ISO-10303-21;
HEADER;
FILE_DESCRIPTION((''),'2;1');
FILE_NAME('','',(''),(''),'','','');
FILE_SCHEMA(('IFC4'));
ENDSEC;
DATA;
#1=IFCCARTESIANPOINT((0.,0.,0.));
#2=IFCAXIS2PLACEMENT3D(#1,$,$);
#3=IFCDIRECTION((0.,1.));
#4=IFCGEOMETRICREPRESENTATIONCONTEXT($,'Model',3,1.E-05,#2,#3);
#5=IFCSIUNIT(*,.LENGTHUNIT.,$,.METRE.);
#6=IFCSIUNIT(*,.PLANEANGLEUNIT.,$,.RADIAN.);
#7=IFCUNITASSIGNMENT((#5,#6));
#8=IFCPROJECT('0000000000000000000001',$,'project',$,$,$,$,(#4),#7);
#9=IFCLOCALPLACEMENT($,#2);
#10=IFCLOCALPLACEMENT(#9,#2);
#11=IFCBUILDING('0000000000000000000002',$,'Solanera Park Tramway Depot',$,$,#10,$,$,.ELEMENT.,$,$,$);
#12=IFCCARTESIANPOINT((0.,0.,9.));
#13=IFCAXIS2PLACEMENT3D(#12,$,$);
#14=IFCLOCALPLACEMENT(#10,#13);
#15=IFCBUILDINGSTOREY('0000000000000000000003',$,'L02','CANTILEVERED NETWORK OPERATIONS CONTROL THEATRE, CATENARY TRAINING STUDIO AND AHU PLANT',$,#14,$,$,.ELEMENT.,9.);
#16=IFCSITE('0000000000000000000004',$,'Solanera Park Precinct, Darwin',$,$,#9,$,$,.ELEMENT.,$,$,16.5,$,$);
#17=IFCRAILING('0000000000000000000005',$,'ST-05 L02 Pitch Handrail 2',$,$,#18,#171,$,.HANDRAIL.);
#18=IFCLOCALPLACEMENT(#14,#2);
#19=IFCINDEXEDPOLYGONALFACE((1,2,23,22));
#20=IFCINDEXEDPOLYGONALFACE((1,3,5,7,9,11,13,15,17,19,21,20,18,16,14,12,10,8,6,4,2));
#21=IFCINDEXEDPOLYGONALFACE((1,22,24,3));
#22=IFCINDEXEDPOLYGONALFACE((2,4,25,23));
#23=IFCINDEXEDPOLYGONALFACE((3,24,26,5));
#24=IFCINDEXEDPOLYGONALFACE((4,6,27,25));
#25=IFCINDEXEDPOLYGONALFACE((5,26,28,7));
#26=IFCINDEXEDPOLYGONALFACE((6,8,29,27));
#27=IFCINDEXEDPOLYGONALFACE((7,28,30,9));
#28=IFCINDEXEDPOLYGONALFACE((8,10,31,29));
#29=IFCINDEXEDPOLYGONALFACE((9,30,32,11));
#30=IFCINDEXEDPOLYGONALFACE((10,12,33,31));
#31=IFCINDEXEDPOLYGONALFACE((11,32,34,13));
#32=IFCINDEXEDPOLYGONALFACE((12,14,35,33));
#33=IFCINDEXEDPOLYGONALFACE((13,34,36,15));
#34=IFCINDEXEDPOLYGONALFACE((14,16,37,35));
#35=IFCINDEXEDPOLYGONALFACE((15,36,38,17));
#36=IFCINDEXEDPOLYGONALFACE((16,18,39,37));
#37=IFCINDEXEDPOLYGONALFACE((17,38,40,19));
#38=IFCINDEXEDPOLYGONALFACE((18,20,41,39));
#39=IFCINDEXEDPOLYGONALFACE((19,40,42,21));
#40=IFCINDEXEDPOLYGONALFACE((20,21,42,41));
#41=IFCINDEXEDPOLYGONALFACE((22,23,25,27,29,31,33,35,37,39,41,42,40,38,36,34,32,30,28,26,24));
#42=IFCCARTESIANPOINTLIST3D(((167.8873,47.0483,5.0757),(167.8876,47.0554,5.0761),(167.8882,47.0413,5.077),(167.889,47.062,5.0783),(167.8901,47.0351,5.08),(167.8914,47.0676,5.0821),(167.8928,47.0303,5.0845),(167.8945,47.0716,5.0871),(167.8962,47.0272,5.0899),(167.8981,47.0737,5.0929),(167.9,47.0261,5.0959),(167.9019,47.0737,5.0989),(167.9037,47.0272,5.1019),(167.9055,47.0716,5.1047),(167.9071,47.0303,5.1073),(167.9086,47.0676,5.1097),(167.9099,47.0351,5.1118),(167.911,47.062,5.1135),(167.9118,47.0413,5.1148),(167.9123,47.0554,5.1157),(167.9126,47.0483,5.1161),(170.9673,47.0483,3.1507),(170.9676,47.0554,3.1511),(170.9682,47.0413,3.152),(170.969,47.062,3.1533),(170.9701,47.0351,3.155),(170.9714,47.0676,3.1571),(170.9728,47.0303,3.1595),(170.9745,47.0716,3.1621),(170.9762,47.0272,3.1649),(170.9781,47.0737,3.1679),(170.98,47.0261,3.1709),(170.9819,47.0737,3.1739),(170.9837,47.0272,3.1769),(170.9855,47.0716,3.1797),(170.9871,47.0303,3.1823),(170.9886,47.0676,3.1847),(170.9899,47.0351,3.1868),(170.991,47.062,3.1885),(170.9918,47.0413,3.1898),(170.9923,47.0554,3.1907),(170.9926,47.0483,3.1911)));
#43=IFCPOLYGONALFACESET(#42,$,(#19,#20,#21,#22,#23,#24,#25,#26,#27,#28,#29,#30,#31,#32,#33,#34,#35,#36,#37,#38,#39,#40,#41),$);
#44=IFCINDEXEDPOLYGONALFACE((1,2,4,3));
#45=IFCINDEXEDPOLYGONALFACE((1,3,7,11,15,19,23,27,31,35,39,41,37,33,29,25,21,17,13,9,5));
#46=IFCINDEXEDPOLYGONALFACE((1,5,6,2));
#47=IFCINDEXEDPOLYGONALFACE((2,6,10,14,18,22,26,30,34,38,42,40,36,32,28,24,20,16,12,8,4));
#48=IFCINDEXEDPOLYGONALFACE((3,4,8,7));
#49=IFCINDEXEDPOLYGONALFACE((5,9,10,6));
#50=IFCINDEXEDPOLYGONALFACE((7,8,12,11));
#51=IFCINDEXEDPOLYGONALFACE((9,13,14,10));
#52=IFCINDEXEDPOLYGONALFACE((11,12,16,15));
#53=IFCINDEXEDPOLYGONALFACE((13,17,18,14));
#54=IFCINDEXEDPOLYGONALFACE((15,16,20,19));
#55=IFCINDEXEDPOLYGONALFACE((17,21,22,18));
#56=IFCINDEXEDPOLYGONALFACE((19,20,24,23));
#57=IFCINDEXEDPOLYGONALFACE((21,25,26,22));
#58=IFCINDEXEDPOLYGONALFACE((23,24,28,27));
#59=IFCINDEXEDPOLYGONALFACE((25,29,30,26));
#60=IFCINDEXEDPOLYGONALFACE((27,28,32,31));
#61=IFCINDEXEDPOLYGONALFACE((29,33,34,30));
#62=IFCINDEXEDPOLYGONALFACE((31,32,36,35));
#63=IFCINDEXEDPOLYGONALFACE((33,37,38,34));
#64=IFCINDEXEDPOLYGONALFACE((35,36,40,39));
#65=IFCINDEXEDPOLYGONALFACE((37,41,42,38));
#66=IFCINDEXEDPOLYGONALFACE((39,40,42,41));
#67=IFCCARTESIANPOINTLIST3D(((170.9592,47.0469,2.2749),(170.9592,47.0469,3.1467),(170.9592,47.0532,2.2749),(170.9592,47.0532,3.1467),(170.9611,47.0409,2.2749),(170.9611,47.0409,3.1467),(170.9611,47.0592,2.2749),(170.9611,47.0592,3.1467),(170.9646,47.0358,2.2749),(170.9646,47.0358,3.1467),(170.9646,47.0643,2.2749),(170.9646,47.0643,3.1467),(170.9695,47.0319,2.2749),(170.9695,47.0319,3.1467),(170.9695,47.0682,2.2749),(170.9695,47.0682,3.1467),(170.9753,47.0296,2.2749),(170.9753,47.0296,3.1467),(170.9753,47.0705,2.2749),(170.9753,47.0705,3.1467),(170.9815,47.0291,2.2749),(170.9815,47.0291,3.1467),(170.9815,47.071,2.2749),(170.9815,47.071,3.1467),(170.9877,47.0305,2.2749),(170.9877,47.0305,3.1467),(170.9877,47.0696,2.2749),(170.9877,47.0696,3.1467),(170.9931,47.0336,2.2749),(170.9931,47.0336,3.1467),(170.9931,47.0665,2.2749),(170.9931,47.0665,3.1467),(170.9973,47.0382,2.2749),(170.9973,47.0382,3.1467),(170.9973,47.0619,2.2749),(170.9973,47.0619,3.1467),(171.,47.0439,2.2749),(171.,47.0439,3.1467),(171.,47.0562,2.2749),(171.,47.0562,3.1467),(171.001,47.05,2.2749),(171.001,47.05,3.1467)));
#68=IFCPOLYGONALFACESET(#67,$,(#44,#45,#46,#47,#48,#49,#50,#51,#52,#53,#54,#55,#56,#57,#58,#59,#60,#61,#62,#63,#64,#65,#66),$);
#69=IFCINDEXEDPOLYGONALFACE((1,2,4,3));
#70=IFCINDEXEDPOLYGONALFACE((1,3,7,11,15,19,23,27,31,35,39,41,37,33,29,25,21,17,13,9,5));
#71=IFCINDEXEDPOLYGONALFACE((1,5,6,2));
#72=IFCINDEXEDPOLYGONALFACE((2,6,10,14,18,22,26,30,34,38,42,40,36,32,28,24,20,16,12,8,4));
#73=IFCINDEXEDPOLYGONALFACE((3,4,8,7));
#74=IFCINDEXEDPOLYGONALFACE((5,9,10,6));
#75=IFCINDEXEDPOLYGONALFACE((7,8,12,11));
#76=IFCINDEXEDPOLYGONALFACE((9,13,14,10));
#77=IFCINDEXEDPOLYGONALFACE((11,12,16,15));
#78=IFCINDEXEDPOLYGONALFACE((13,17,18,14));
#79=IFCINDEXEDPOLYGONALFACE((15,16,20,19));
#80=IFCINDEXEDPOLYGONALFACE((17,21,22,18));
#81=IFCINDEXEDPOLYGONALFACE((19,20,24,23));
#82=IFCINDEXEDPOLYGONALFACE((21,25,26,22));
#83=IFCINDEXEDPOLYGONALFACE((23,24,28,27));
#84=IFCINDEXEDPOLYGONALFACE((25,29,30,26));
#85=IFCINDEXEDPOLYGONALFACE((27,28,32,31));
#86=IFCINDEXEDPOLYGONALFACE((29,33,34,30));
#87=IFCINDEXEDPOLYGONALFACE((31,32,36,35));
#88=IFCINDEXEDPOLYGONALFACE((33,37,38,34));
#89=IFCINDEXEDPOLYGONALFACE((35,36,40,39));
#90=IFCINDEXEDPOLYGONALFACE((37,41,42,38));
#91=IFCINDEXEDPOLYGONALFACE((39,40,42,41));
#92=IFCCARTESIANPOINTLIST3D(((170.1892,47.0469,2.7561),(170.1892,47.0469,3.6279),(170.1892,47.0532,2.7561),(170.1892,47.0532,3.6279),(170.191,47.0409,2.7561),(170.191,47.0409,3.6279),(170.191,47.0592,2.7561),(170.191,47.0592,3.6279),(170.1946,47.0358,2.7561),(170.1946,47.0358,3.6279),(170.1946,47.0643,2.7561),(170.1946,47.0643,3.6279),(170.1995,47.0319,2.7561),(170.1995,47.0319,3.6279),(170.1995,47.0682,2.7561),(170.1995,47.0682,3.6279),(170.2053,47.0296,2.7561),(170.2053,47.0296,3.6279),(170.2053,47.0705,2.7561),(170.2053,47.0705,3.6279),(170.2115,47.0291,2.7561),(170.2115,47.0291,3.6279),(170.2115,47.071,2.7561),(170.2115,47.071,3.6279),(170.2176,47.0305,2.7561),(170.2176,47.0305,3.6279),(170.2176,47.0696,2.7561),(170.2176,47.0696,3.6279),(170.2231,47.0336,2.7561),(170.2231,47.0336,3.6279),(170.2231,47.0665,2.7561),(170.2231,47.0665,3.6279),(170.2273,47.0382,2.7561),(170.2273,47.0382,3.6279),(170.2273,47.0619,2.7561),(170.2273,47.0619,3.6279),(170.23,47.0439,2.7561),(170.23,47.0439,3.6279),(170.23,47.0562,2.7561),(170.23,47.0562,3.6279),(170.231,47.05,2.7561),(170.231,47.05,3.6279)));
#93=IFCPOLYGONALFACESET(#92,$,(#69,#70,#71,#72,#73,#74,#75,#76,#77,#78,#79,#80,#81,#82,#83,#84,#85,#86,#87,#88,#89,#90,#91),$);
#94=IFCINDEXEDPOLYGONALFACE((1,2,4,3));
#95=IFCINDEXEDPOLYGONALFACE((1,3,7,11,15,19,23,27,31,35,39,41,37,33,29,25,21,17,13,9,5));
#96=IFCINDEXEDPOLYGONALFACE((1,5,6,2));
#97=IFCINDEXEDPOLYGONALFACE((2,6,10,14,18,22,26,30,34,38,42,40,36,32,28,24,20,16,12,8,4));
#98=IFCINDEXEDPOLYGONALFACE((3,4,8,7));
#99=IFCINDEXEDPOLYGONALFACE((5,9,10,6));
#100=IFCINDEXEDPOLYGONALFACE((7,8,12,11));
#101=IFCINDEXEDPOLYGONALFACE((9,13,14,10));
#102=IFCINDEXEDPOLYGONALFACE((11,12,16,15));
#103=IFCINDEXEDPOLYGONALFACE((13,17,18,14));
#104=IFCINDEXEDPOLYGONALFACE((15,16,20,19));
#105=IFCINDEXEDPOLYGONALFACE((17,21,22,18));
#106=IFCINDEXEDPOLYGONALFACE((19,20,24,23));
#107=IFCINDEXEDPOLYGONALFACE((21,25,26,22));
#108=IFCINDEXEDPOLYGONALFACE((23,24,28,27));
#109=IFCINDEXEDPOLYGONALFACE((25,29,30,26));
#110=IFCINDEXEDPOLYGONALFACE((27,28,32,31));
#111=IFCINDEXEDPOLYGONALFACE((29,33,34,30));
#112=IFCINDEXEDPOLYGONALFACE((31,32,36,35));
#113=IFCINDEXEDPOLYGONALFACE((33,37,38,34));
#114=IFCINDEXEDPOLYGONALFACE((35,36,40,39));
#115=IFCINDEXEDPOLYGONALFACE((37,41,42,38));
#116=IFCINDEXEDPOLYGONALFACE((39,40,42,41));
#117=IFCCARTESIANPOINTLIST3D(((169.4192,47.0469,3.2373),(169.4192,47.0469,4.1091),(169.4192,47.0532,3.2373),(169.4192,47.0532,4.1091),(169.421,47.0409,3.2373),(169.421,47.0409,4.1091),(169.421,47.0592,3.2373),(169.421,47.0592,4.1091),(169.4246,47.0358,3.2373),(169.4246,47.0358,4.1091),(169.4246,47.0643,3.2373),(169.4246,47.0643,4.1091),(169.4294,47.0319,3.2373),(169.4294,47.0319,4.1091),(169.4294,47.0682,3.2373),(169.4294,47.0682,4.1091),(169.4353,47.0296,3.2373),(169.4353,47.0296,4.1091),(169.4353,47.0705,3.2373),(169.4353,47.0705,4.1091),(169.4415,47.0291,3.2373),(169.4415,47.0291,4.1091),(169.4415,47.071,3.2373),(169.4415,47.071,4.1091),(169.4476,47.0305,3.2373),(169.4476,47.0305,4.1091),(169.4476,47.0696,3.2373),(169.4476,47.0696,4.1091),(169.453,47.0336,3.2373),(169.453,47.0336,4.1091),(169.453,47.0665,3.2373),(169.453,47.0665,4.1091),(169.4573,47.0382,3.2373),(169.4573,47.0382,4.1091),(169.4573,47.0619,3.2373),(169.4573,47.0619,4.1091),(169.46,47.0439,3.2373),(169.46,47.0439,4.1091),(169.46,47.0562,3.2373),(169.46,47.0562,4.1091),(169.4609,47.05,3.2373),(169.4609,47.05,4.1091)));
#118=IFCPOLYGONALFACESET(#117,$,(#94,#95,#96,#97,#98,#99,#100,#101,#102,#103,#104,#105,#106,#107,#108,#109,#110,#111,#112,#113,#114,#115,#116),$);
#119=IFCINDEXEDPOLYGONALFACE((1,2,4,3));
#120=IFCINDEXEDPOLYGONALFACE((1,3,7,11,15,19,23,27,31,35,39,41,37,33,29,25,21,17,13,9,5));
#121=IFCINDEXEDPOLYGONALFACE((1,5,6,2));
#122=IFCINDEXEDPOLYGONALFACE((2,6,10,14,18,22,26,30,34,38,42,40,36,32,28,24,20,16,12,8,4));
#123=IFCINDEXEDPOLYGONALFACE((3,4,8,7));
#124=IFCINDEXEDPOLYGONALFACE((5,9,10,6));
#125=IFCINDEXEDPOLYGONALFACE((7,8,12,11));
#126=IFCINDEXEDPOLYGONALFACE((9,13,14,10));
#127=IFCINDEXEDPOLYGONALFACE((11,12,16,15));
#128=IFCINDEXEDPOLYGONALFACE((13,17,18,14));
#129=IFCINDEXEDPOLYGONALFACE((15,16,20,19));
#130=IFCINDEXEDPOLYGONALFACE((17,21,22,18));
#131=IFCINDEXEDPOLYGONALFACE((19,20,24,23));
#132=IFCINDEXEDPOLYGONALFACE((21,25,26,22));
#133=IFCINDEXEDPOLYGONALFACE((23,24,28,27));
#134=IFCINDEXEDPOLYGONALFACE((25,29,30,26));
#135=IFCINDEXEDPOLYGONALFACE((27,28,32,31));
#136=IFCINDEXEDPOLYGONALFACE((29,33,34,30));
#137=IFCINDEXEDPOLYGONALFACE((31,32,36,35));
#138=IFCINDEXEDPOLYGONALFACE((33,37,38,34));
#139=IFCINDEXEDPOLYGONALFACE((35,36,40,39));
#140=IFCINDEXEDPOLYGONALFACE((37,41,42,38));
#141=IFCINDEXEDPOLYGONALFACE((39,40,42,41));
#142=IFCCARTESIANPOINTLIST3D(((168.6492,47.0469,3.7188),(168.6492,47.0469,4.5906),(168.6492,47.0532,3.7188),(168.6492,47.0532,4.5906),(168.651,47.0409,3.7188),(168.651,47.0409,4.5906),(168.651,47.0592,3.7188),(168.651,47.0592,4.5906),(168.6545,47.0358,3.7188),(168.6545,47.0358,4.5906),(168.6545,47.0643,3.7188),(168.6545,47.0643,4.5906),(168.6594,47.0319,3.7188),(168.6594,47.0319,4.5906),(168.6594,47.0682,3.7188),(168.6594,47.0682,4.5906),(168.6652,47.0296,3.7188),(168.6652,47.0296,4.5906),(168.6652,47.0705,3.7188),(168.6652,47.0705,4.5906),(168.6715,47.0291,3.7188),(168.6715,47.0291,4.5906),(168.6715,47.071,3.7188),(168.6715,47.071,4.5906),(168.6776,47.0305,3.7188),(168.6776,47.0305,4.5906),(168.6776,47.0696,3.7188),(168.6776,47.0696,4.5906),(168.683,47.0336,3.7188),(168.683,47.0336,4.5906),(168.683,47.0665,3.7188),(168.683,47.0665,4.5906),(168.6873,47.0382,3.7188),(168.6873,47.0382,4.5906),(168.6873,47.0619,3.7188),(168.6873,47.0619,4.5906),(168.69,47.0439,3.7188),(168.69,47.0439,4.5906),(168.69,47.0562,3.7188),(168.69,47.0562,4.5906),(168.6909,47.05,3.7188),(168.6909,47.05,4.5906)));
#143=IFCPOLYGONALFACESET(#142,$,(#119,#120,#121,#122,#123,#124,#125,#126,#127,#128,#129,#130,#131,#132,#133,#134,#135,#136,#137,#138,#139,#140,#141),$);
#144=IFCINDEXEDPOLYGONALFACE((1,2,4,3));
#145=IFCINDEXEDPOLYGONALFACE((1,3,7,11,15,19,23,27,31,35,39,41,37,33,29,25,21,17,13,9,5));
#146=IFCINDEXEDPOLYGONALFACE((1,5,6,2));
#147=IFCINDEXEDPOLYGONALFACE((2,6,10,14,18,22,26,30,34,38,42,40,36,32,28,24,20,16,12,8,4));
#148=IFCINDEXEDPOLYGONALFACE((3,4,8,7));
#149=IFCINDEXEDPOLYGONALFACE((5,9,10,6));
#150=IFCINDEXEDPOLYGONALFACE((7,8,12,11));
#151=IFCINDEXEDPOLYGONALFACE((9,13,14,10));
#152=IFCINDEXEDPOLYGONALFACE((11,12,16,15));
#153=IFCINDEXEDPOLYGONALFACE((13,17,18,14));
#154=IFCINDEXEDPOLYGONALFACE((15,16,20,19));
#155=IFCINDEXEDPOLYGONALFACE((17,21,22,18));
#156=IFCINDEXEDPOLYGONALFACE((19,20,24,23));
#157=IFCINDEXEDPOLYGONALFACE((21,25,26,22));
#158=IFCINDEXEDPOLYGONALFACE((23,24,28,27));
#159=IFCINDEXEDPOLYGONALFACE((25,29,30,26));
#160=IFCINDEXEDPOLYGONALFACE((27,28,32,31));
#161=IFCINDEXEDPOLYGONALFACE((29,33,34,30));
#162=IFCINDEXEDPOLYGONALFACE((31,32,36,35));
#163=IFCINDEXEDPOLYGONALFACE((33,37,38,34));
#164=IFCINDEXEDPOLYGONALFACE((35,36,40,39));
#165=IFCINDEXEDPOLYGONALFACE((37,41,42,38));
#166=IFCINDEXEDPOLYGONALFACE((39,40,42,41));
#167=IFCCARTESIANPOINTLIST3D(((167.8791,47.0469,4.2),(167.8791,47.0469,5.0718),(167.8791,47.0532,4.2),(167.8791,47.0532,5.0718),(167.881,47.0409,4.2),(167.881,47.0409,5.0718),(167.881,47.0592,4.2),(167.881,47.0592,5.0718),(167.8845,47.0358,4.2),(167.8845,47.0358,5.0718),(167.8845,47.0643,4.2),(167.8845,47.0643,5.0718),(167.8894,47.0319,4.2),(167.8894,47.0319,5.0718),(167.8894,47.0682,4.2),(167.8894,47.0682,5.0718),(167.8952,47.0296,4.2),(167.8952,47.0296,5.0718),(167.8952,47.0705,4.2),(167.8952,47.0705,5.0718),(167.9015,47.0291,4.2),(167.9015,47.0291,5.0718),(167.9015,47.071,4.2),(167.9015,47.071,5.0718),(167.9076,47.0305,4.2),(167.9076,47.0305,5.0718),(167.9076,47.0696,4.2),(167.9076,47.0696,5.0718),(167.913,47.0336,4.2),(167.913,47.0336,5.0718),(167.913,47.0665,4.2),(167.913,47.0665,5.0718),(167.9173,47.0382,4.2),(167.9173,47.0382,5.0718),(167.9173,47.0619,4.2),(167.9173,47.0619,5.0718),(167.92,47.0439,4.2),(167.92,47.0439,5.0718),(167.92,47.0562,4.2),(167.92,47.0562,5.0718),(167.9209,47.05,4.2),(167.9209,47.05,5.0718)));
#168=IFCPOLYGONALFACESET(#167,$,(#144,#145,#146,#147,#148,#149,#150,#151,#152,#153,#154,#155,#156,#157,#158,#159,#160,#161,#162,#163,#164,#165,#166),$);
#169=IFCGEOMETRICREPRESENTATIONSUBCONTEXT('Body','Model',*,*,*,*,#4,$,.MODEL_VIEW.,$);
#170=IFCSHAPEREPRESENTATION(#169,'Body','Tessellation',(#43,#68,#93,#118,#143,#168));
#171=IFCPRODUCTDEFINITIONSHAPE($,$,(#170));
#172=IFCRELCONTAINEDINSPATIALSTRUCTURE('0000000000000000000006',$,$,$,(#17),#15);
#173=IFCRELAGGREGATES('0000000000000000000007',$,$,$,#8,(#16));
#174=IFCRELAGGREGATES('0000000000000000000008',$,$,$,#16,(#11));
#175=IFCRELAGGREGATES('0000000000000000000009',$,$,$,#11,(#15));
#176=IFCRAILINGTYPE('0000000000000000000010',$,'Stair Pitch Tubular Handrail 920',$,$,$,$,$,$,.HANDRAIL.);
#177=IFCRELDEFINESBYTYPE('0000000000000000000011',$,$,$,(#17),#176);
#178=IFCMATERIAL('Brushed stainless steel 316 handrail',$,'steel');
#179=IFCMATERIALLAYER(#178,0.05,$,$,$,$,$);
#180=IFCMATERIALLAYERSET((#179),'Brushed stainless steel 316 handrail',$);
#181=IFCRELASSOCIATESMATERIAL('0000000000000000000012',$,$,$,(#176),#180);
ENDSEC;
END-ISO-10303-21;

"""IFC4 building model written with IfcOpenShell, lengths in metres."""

from ifc_helpers import new_model, si_unit, direction, frame, origin, origin_2d, place, context, subcontext, project, spatial, circle, extrude, material, layer, layer_set, type_object, element, save


model = new_model("IFC4")

# Units and contexts
model_context = context("Model", 3, precision=1e-05, world=origin(), true_north=direction((0.0, 1.0)))
body_context = subcontext(model_context, "Body", "Model", "MODEL_VIEW")
ifc_project = project(units=[si_unit("LENGTHUNIT", "METRE"), si_unit("PLANEANGLEUNIT", "RADIAN")], contexts=[model_context])

# Site, building, storey
site_placement = place(None, origin())
site = spatial("IfcSite", under=ifc_project, at=site_placement, Name="Solanera Park Precinct, Darwin", CompositionType="ELEMENT", RefElevation=16.5)
building_placement = place(site_placement, origin())
building = spatial("IfcBuilding", under=site, at=building_placement, Name="Solanera Park Tramway Depot", CompositionType="ELEMENT")
storey_placement = place(building_placement, frame((0.0, 0.0, 9.0)))
storey = spatial("IfcBuildingStorey", under=building, at=storey_placement, Name="L02", Description="CANTILEVERED NETWORK OPERATIONS CONTROL THEATRE, CATENARY TRAINING STUDIO AND AHU PLANT", CompositionType="ELEMENT", Elevation=9.0)

# Railing
ifc_material_1 = material(Name="Brushed stainless steel 316 handrail", Category="steel")
ifc_layer_1 = layer(ifc_material_1, 0.05)
ifc_layer_set_1 = layer_set([ifc_layer_1], Name="Brushed stainless steel 316 handrail")
railing_type_1 = type_object("IfcRailingType", Name="Stair Pitch Tubular Handrail 920", PredefinedType="HANDRAIL", material=ifc_layer_set_1)
railing_1_placement = place(storey_placement, frame((170.98, 47.05, 2.2749)))
element("IfcRailing", 1, at=railing_1_placement, inside=storey, type_object=railing_type_1, Name="ST-05 L02 Pitch Handrail 2", PredefinedType="HANDRAIL", context=body_context, shape_type="SweptSolid", body=[
    extrude(circle(Radius=0.0239, at=origin_2d()), frame((0.0, 0.0, 0.896), z_axis=(-0.847998, 0.0, 0.529999), x_axis=(0.0, -1.0, 0.0)), (0.0, 0.0, 1.0), 3.6321),
    extrude(circle(Radius=0.021, at=origin_2d()), origin(), (0.0, 0.0, 1.0), 0.8718),
    extrude(circle(Radius=0.021, at=origin_2d()), frame((-0.77, 0.0, 0.4812)), (0.0, 0.0, 1.0), 0.8718),
    extrude(circle(Radius=0.021, at=origin_2d()), frame((-1.54, 0.0, 0.9624)), (0.0, 0.0, 1.0), 0.8718),
    extrude(circle(Radius=0.021, at=origin_2d()), frame((-2.3101, 0.0, 1.4438)), (0.0, 0.0, 1.0), 0.8718),
    extrude(circle(Radius=0.021, at=origin_2d()), frame((-3.0801, 0.0, 1.925)), (0.0, 0.0, 1.0), 0.8718),
])

save(model, "model.ifc")
